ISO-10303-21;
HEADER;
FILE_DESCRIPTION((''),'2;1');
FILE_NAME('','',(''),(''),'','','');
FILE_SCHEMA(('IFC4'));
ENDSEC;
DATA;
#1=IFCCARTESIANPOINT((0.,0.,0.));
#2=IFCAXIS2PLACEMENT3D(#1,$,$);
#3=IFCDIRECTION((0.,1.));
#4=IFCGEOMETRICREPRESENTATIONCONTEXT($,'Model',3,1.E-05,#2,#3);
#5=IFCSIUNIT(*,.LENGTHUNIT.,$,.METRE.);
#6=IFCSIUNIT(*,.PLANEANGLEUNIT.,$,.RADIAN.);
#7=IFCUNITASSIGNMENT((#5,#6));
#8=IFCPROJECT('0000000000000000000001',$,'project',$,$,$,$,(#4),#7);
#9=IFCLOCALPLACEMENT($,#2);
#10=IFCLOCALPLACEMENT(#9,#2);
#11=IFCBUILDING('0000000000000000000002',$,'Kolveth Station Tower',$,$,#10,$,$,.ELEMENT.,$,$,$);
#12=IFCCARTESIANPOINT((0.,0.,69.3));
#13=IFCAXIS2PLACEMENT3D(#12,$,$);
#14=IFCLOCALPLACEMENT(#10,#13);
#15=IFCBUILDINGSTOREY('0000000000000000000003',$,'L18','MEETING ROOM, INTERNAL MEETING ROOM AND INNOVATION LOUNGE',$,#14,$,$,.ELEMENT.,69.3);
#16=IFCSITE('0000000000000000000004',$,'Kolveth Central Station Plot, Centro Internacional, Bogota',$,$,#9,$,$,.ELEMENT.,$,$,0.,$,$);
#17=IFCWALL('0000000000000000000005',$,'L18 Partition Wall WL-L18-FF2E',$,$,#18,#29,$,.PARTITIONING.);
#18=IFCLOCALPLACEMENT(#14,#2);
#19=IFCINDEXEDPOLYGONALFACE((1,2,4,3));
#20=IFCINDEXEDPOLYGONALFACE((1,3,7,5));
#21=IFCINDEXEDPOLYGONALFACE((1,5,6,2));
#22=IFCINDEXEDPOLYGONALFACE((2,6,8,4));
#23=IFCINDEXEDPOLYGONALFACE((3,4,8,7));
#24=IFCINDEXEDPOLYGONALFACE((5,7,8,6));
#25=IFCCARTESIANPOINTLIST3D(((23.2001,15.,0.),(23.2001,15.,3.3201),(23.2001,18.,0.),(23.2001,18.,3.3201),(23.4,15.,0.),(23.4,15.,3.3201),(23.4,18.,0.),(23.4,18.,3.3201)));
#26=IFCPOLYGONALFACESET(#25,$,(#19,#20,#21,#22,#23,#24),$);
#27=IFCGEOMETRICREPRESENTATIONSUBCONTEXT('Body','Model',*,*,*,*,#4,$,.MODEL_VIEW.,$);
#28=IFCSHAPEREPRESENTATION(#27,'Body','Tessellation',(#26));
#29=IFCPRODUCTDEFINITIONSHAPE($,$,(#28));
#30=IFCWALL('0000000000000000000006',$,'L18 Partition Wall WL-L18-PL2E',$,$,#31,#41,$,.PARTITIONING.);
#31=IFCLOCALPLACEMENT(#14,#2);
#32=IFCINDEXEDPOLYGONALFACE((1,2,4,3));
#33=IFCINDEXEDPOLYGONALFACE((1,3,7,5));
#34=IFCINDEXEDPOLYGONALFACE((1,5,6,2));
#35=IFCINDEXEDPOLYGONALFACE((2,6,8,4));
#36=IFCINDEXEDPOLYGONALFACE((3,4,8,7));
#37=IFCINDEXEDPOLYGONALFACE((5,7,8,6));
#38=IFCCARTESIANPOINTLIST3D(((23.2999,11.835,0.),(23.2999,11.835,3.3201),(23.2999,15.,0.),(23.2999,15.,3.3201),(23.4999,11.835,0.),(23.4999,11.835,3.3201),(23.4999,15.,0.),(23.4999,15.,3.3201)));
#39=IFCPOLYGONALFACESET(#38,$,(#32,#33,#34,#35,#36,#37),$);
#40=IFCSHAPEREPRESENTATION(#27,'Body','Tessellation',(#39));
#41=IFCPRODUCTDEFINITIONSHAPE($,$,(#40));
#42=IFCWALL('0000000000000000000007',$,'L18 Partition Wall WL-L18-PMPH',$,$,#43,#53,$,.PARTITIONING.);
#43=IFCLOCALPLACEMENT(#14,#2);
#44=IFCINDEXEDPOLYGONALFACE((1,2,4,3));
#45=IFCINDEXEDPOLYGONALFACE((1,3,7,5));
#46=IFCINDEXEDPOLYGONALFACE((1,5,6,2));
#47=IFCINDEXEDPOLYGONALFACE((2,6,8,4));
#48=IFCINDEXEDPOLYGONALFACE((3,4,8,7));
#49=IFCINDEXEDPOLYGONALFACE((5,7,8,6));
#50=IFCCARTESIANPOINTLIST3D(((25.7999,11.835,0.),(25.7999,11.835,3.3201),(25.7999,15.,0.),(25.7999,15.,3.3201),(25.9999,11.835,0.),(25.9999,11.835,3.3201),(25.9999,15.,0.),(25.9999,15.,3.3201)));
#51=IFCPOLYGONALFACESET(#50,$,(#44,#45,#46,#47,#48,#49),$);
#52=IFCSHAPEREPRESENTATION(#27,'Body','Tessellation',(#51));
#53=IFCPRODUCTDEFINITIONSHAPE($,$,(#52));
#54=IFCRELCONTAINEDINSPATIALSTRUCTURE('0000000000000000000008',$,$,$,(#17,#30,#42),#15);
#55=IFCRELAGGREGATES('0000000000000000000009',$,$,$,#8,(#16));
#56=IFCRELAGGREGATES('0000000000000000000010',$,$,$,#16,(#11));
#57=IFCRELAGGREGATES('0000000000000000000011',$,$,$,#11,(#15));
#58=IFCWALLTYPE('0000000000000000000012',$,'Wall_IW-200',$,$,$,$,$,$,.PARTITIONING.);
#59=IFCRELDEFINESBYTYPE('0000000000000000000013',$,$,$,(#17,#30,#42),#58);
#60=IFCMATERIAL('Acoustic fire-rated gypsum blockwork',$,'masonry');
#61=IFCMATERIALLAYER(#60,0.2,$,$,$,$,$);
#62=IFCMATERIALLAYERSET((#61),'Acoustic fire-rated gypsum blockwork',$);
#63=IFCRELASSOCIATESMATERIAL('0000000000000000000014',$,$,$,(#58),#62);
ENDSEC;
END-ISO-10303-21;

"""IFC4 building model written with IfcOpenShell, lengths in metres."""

from ifc_helpers import new_model, si_unit, direction, frame, frame_2d, origin, place, context, subcontext, project, spatial, rectangle, extrude, material, layer, layer_set, type_object, element, save


model = new_model("IFC4")

# Units and contexts
model_context = context("Model", 3, precision=1e-05, world=origin(), true_north=direction((0.0, 1.0)))
body_context = subcontext(model_context, "Body", "Model", "MODEL_VIEW")
ifc_project = project(units=[si_unit("LENGTHUNIT", "METRE"), si_unit("PLANEANGLEUNIT", "RADIAN")], contexts=[model_context])

# Site, building, storey
site_placement = place(None, origin())
site = spatial("IfcSite", under=ifc_project, at=site_placement, Name="Kolveth Central Station Plot, Centro Internacional, Bogota", CompositionType="ELEMENT", RefElevation=0.0)
building_placement = place(site_placement, origin())
building = spatial("IfcBuilding", under=site, at=building_placement, Name="Kolveth Station Tower", CompositionType="ELEMENT")
storey_placement = place(building_placement, frame((0.0, 0.0, 69.3)))
storey = spatial("IfcBuildingStorey", under=building, at=storey_placement, Name="L18", Description="MEETING ROOM, INTERNAL MEETING ROOM AND INNOVATION LOUNGE", CompositionType="ELEMENT", Elevation=69.3)

# Shared definitions
ifc_material_1 = material(Name="Acoustic fire-rated gypsum blockwork", Category="masonry")
ifc_layer_1 = layer(ifc_material_1, 0.2)
ifc_layer_set_1 = layer_set([ifc_layer_1], Name="Acoustic fire-rated gypsum blockwork")
wall_type_1 = type_object("IfcWallType", Name="Wall_IW-200", PredefinedType="PARTITIONING", material=ifc_layer_set_1)

# Walls
wall_1_placement = place(storey_placement, frame((23.3, 15.0, 0.0), z_axis=(0.0, 0.0, 1.0), x_axis=(0.0, 1.0, 0.0)))
element("IfcWall", 1, at=wall_1_placement, inside=storey, type_object=wall_type_1, Name="L18 Partition Wall WL-L18-FF2E", PredefinedType="PARTITIONING", context=body_context, shape_type="SweptSolid", body=[
    extrude(rectangle(XDim=3.0, YDim=0.2, at=frame_2d((1.5, 0.0))), origin(), (0.0, 0.0, 1.0), 3.3201),
])
for number, where, z_axis, x_axis, name in (
    (2, (23.3999, 11.835, 0.0), (0.0, 0.0, 1.0), (0.0, 1.0, 0.0), "L18 Partition Wall WL-L18-PL2E"),
    (3, (25.8999, 11.835, 0.0), (0.0, 0.0, 1.0), (0.0, 1.0, 0.0), "L18 Partition Wall WL-L18-PMPH"),
):
    element("IfcWall", number, at=place(storey_placement, frame(where, z_axis=z_axis, x_axis=x_axis)), inside=storey, type_object=wall_type_1, Name=name, PredefinedType="PARTITIONING", context=body_context, shape_type="SweptSolid", body=[
        extrude(rectangle(XDim=3.165, YDim=0.2, at=frame_2d((1.5825, 0.0))), origin(), (0.0, 0.0, 1.0), 3.3201),
    ])

save(model, "model.ifc")
